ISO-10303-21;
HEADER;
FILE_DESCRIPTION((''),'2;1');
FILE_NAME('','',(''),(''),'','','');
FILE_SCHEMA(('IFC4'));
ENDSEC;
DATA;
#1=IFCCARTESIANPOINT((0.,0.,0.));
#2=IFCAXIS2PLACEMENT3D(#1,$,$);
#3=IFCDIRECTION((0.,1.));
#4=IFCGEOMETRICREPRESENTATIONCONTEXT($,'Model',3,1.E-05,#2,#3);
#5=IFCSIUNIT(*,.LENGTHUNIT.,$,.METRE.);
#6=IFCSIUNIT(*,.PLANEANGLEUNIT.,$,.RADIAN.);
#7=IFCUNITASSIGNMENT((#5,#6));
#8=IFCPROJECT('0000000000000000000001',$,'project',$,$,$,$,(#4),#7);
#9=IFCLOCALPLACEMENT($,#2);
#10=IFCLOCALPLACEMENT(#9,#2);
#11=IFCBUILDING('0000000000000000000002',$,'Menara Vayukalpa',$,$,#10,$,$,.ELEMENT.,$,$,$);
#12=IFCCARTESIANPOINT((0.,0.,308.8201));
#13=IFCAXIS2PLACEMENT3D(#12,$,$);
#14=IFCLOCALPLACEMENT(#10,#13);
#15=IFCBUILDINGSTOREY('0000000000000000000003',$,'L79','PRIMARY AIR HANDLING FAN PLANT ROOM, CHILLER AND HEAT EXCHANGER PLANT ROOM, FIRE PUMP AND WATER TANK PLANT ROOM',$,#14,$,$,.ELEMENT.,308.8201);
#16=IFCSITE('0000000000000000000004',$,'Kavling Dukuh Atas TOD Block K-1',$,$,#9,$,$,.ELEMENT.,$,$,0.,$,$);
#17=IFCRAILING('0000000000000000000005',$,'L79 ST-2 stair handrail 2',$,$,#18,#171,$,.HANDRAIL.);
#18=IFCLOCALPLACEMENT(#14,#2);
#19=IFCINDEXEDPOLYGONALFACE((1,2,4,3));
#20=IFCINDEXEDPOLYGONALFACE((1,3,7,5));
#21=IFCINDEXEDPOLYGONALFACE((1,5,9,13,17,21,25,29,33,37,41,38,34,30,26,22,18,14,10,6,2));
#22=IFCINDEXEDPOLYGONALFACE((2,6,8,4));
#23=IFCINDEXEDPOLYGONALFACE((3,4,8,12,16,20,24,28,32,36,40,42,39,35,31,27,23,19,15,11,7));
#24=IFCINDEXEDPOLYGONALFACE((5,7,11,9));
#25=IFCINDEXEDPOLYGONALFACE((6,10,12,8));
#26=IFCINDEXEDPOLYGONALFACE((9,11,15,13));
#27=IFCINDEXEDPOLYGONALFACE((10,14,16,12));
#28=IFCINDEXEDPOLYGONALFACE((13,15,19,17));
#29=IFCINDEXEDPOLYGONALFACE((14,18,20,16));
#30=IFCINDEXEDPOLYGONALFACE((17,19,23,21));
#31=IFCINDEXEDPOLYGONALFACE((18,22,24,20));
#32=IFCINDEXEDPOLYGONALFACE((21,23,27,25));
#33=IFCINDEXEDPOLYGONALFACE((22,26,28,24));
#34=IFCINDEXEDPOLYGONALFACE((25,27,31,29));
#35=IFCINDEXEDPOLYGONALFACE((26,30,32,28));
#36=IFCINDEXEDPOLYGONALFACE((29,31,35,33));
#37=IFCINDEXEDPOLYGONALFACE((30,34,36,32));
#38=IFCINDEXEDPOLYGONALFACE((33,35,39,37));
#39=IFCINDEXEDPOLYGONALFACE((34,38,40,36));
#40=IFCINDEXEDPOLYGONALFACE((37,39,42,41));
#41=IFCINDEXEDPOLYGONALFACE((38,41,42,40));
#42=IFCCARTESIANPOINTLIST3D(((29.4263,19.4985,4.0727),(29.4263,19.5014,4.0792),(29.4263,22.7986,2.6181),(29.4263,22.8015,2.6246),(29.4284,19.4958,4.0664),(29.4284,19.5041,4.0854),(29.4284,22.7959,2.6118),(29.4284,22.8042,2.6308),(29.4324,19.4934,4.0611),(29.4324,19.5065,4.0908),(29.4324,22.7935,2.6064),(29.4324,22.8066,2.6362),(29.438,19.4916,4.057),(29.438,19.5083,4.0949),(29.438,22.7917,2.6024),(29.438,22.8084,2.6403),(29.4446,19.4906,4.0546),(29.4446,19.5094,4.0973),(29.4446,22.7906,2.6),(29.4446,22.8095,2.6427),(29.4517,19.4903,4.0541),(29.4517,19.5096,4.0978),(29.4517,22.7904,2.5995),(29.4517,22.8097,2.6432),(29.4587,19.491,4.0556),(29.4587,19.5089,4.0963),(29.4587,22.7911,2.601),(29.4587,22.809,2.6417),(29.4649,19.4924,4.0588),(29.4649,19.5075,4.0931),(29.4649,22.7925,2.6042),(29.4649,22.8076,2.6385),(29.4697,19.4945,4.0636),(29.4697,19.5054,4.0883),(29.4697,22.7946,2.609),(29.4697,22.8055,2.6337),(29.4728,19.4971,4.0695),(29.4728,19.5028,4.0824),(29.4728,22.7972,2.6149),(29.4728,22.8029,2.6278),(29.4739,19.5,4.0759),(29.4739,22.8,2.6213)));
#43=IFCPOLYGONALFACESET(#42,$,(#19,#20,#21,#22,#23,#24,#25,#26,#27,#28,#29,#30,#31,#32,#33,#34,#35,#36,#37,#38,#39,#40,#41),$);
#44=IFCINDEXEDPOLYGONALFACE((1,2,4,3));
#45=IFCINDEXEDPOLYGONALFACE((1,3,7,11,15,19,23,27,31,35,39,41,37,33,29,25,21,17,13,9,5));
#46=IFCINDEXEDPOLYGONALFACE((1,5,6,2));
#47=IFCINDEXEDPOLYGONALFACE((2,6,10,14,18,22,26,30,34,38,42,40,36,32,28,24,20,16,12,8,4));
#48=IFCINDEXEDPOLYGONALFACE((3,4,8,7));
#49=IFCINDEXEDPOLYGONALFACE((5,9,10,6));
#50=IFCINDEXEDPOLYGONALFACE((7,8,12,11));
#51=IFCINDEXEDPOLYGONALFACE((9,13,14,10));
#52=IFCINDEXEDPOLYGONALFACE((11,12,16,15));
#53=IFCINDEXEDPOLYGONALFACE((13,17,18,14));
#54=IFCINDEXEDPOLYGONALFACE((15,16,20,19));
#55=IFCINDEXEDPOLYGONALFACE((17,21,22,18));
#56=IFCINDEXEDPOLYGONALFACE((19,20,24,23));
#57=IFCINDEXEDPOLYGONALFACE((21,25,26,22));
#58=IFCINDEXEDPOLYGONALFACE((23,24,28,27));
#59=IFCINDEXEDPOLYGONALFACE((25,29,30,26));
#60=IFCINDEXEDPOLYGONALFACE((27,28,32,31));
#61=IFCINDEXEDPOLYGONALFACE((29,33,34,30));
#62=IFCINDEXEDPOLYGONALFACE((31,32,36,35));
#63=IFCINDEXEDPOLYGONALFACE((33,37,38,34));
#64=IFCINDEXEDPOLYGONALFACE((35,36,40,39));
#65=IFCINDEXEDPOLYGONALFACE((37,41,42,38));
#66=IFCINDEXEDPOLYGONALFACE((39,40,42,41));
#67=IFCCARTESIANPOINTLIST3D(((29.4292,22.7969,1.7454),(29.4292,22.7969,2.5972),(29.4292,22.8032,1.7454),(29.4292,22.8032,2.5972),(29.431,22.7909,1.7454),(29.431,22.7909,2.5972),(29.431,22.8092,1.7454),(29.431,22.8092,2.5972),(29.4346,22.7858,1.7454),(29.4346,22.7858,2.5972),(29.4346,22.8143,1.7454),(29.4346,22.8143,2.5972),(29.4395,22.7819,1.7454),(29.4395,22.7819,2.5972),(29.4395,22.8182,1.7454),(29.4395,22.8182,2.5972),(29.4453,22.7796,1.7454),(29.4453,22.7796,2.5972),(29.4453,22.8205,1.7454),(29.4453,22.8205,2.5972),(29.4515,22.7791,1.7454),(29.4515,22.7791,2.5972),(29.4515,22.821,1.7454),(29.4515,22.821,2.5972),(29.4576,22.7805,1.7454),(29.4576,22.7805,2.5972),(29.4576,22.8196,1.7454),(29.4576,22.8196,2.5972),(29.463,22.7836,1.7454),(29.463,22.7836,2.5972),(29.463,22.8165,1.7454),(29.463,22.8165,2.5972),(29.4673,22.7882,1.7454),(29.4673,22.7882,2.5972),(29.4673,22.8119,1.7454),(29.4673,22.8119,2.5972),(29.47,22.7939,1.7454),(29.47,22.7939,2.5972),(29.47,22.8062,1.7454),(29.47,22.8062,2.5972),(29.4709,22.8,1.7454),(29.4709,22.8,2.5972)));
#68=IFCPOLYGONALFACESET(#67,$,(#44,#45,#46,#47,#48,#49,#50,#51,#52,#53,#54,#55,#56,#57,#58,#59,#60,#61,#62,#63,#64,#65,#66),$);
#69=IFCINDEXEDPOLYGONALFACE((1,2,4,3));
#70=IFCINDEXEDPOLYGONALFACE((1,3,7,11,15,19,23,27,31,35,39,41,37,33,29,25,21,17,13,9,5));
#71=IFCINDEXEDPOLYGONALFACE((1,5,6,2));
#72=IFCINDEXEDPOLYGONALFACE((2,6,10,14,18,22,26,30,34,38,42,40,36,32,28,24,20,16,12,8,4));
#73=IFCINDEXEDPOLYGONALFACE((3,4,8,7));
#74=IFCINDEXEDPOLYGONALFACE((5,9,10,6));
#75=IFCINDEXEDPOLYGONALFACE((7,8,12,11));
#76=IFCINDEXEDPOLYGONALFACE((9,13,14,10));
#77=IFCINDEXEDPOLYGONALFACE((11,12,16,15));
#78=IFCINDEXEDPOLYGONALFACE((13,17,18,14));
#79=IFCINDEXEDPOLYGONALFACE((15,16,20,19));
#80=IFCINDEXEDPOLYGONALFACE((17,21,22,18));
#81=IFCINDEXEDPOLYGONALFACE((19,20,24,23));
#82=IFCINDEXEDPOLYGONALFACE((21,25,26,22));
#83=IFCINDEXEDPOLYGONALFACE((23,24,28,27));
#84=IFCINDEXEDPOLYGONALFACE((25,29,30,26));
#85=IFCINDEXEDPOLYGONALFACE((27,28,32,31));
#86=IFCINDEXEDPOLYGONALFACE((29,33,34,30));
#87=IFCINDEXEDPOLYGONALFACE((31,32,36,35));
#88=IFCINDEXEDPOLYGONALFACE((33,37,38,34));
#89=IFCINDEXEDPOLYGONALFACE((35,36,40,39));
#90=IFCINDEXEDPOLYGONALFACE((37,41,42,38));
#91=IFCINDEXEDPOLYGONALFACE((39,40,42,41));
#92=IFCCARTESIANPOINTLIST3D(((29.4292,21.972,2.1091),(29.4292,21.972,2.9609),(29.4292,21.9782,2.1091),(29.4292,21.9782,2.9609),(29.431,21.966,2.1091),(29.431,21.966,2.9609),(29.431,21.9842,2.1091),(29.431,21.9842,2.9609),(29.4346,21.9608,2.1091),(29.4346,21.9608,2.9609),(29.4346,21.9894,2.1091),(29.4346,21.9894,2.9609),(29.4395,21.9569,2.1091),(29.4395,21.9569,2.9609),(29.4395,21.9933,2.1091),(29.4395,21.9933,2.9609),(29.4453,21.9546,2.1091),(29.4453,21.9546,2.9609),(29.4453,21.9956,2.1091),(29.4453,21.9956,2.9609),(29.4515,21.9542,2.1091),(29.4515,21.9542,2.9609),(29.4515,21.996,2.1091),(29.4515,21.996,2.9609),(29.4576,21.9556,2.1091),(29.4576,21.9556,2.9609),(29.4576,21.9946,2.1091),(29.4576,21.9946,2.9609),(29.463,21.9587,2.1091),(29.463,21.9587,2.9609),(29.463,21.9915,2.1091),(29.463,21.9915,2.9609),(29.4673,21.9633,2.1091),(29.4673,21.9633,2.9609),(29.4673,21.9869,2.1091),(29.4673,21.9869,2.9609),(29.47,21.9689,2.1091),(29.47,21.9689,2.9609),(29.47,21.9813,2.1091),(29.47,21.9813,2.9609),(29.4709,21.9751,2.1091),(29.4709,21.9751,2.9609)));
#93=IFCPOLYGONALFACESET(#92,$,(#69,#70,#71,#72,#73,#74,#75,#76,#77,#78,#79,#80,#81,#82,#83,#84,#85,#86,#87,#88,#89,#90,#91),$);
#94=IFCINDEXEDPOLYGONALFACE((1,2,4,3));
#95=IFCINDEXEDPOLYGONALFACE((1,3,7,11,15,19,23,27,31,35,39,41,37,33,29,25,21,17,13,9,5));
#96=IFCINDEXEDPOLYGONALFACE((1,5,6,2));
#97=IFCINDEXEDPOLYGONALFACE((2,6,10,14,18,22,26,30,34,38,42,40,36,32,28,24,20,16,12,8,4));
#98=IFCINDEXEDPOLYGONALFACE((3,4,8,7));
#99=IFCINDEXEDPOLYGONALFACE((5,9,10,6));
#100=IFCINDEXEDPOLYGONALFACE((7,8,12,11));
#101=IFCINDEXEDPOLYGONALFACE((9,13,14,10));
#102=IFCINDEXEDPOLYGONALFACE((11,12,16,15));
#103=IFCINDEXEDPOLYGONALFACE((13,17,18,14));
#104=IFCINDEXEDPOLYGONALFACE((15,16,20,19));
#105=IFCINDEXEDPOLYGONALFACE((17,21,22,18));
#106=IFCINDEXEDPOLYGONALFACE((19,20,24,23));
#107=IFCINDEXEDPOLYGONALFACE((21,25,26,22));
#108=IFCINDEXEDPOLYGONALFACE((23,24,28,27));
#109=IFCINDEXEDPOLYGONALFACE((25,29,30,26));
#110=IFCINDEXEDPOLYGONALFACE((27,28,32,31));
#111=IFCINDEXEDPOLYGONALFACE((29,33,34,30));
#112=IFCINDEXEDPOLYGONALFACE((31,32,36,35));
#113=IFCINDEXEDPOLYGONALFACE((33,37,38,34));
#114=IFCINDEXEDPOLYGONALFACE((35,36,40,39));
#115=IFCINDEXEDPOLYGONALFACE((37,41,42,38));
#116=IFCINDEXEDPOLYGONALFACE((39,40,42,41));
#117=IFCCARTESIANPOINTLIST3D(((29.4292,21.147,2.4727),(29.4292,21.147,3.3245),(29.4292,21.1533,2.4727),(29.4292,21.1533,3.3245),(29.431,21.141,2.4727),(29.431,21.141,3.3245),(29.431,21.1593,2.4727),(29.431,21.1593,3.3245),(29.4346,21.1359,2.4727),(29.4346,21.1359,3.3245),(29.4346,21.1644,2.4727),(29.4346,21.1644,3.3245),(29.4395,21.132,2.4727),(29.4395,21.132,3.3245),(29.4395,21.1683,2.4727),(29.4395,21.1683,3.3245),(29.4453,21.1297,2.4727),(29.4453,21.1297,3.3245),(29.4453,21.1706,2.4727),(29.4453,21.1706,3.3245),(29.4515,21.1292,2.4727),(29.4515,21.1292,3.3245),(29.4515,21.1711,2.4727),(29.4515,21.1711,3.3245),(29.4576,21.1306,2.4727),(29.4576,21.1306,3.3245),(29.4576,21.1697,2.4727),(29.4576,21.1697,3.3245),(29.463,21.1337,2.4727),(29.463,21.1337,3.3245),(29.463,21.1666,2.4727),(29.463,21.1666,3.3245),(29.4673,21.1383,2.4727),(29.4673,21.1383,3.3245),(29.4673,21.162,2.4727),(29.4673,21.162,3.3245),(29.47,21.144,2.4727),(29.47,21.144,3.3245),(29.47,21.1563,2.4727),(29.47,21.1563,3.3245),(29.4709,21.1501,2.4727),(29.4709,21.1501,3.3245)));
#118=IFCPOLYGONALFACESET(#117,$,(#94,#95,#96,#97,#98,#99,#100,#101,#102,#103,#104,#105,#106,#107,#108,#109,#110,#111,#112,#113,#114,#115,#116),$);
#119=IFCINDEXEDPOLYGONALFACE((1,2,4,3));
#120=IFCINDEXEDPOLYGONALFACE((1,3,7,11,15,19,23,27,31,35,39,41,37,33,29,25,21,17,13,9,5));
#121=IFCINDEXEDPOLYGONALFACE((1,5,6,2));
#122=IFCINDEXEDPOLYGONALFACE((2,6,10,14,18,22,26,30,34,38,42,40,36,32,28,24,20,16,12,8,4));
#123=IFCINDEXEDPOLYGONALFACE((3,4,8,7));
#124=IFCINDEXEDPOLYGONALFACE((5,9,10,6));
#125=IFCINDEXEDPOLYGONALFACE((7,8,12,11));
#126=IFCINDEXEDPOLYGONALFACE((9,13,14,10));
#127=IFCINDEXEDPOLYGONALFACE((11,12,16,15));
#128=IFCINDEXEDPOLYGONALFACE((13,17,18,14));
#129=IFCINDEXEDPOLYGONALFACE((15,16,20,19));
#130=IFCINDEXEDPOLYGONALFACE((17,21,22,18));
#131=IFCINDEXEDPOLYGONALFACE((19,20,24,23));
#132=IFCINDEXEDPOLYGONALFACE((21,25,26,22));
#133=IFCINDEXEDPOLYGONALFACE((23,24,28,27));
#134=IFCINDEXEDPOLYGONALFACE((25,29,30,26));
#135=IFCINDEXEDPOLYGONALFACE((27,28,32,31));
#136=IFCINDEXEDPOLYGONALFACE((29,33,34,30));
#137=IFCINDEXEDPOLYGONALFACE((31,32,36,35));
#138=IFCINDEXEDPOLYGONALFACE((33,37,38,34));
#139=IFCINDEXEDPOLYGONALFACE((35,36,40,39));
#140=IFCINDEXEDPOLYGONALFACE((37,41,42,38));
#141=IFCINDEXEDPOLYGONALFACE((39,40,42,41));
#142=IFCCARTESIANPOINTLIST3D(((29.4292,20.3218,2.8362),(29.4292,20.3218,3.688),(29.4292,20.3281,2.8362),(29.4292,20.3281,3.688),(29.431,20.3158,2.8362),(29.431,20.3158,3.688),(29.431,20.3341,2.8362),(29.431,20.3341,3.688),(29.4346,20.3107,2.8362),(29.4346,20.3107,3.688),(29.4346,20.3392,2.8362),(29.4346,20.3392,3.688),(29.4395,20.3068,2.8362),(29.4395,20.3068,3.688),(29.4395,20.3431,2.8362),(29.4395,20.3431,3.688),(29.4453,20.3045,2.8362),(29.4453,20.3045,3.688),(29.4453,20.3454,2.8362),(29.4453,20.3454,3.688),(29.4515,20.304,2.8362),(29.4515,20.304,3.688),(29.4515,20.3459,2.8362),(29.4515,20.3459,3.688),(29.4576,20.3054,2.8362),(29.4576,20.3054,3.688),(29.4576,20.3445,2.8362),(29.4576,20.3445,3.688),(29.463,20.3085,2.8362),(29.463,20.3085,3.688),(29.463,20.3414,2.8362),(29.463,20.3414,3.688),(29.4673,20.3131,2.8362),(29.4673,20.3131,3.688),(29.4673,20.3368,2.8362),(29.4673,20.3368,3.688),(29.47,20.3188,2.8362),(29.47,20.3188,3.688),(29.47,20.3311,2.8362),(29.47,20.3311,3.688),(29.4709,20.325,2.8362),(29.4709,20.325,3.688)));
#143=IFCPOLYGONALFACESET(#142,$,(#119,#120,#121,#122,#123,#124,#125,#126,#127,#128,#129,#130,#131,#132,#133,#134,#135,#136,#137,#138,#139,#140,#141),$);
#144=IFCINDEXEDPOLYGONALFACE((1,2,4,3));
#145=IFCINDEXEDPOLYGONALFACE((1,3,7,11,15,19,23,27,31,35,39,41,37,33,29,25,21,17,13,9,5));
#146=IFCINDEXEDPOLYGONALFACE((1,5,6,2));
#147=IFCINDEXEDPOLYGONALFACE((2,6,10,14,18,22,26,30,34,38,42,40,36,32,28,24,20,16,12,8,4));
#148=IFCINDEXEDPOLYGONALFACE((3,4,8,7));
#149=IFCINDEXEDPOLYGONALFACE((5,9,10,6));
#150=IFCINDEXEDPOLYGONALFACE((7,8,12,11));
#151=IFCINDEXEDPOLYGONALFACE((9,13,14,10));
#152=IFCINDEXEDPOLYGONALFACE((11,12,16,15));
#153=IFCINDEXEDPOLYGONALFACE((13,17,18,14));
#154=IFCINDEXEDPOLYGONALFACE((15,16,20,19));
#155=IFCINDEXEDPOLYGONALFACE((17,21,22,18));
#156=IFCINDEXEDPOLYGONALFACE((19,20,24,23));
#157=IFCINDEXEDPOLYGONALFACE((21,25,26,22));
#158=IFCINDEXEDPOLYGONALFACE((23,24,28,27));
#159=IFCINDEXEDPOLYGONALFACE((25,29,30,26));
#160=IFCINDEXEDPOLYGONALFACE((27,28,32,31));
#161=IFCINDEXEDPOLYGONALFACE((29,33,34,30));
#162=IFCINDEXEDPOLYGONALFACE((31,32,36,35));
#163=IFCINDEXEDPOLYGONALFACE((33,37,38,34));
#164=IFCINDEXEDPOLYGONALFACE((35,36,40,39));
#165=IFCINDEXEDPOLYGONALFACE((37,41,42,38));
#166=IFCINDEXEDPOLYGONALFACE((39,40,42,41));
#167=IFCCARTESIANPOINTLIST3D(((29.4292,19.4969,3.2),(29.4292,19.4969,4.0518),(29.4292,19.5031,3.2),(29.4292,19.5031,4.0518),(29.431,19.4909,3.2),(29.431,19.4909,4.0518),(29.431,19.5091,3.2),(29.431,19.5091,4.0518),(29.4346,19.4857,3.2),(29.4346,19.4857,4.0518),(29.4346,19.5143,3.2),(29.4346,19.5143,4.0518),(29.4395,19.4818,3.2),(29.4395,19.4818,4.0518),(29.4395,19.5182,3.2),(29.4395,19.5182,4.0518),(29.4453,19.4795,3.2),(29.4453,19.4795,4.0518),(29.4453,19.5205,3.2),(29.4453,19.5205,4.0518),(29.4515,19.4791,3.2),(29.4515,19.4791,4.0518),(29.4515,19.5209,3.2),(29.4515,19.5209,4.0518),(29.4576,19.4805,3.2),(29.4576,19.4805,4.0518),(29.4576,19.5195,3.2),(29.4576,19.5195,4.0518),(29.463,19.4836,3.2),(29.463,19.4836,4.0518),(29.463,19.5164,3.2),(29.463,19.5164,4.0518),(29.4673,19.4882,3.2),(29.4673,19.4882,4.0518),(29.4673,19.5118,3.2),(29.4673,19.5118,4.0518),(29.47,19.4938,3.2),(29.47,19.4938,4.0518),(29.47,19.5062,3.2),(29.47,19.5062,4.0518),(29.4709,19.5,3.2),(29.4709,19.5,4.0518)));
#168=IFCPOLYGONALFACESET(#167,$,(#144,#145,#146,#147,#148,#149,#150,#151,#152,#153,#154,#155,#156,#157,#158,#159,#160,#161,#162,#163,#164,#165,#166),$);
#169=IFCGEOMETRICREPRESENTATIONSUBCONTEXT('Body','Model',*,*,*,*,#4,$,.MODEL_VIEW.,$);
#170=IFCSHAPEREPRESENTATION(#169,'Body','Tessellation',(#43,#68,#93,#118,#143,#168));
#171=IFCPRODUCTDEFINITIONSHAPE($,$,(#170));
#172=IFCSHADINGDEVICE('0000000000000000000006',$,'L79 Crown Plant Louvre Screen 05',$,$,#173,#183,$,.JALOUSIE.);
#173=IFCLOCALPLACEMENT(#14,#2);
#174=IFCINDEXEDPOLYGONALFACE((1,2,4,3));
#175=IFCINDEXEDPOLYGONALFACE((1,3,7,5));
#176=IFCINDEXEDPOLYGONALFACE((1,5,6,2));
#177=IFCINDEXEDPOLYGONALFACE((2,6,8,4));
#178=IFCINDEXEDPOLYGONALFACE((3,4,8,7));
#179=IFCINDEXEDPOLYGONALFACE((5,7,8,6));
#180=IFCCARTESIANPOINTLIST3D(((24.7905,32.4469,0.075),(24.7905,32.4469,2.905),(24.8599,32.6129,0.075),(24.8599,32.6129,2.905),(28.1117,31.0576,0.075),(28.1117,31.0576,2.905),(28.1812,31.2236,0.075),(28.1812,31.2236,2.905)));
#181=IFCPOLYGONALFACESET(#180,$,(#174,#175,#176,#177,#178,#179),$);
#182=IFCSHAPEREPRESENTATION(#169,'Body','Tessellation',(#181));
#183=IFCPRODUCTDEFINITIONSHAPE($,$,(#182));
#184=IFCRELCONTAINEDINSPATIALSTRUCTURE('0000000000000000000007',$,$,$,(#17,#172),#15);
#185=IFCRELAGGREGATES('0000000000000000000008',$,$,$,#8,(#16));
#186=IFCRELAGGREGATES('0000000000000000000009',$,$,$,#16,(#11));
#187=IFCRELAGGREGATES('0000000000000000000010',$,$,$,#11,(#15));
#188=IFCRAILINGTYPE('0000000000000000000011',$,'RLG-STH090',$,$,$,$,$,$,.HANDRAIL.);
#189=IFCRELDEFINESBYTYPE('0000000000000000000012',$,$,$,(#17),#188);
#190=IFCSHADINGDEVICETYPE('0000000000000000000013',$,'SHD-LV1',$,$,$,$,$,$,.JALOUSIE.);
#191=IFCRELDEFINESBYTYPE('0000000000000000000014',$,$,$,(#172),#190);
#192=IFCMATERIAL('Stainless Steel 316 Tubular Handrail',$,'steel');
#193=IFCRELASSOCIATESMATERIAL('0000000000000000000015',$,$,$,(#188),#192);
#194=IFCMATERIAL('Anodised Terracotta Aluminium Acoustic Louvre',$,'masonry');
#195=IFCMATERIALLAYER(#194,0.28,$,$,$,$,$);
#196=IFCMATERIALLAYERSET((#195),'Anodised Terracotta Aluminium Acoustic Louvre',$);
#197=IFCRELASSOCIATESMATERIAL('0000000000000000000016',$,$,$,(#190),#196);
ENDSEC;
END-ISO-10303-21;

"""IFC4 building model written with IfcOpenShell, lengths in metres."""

from ifc_helpers import new_model, si_unit, direction, frame, origin, origin_2d, place, context, subcontext, project, spatial, rectangle, circle, extrude, material, layer, layer_set, type_object, element, save


model = new_model("IFC4")

# Units and contexts
model_context = context("Model", 3, precision=1e-05, world=origin(), true_north=direction((0.0, 1.0)))
body_context = subcontext(model_context, "Body", "Model", "MODEL_VIEW")
ifc_project = project(units=[si_unit("LENGTHUNIT", "METRE"), si_unit("PLANEANGLEUNIT", "RADIAN")], contexts=[model_context])

# Site, building, storey
site_placement = place(None, origin())
site = spatial("IfcSite", under=ifc_project, at=site_placement, Name="Kavling Dukuh Atas TOD Block K-1", CompositionType="ELEMENT", RefElevation=0.0)
building_placement = place(site_placement, origin())
building = spatial("IfcBuilding", under=site, at=building_placement, Name="Menara Vayukalpa", CompositionType="ELEMENT")
storey_placement = place(building_placement, frame((0.0, 0.0, 308.8201)))
storey = spatial("IfcBuildingStorey", under=building, at=storey_placement, Name="L79", Description="PRIMARY AIR HANDLING FAN PLANT ROOM, CHILLER AND HEAT EXCHANGER PLANT ROOM, FIRE PUMP AND WATER TANK PLANT ROOM", CompositionType="ELEMENT", Elevation=308.8201)

# Railing
ifc_material_1 = material(Name="Stainless Steel 316 Tubular Handrail", Category="steel")
railing_type = type_object("IfcRailingType", Name="RLG-STH090", PredefinedType="HANDRAIL", material=ifc_material_1)
railing_placement = place(storey_placement, frame((29.45, 22.8, 1.7454)))
element("IfcRailing", 1, at=railing_placement, inside=storey, type_object=railing_type, Name="L79 ST-2 stair handrail 2", PredefinedType="HANDRAIL", context=body_context, shape_type="SweptSolid", body=[
    extrude(circle(Radius=0.0239, at=origin_2d()), frame((0.0, 0.0, 0.876), z_axis=(0.0, -0.915052, 0.403335), x_axis=(1.0, 0.0, 0.0)), (0.0, 0.0, 1.0), 3.6064),
    extrude(circle(Radius=0.021, at=origin_2d()), origin(), (0.0, 0.0, 1.0), 0.8518),
    extrude(circle(Radius=0.021, at=origin_2d()), frame((0.0, -0.825, 0.3638)), (0.0, 0.0, 1.0), 0.8518),
    extrude(circle(Radius=0.021, at=origin_2d()), frame((0.0, -1.6499, 0.7273)), (0.0, 0.0, 1.0), 0.8518),
    extrude(circle(Radius=0.021, at=origin_2d()), frame((0.0, -2.4751, 1.0908)), (0.0, 0.0, 1.0), 0.8518),
    extrude(circle(Radius=0.021, at=origin_2d()), frame((0.0, -3.3, 1.4546)), (0.0, 0.0, 1.0), 0.8518),
])

# Shading device
ifc_material_2 = material(Name="Anodised Terracotta Aluminium Acoustic Louvre", Category="masonry")
ifc_layer_1 = layer(ifc_material_2, 0.28)
ifc_layer_set_1 = layer_set([ifc_layer_1], Name="Anodised Terracotta Aluminium Acoustic Louvre")
shading_device_type = type_object("IfcShadingDeviceType", Name="SHD-LV1", PredefinedType="JALOUSIE", material=ifc_layer_set_1)
shading_device_placement = place(storey_placement, frame((26.4858, 31.8352, 0.075), z_axis=(0.0, 0.0, 1.0), x_axis=(-0.922538, 0.385906, 0.0)))
element("IfcShadingDevice", 2, at=shading_device_placement, inside=storey, type_object=shading_device_type, Name="L79 Crown Plant Louvre Screen 05", PredefinedType="JALOUSIE", context=body_context, shape_type="SweptSolid", body=[
    extrude(rectangle(XDim=3.6001, YDim=0.1799, at=origin_2d()), origin(), (0.0, 0.0, 1.0), 2.8301),
])

save(model, "model.ifc")
